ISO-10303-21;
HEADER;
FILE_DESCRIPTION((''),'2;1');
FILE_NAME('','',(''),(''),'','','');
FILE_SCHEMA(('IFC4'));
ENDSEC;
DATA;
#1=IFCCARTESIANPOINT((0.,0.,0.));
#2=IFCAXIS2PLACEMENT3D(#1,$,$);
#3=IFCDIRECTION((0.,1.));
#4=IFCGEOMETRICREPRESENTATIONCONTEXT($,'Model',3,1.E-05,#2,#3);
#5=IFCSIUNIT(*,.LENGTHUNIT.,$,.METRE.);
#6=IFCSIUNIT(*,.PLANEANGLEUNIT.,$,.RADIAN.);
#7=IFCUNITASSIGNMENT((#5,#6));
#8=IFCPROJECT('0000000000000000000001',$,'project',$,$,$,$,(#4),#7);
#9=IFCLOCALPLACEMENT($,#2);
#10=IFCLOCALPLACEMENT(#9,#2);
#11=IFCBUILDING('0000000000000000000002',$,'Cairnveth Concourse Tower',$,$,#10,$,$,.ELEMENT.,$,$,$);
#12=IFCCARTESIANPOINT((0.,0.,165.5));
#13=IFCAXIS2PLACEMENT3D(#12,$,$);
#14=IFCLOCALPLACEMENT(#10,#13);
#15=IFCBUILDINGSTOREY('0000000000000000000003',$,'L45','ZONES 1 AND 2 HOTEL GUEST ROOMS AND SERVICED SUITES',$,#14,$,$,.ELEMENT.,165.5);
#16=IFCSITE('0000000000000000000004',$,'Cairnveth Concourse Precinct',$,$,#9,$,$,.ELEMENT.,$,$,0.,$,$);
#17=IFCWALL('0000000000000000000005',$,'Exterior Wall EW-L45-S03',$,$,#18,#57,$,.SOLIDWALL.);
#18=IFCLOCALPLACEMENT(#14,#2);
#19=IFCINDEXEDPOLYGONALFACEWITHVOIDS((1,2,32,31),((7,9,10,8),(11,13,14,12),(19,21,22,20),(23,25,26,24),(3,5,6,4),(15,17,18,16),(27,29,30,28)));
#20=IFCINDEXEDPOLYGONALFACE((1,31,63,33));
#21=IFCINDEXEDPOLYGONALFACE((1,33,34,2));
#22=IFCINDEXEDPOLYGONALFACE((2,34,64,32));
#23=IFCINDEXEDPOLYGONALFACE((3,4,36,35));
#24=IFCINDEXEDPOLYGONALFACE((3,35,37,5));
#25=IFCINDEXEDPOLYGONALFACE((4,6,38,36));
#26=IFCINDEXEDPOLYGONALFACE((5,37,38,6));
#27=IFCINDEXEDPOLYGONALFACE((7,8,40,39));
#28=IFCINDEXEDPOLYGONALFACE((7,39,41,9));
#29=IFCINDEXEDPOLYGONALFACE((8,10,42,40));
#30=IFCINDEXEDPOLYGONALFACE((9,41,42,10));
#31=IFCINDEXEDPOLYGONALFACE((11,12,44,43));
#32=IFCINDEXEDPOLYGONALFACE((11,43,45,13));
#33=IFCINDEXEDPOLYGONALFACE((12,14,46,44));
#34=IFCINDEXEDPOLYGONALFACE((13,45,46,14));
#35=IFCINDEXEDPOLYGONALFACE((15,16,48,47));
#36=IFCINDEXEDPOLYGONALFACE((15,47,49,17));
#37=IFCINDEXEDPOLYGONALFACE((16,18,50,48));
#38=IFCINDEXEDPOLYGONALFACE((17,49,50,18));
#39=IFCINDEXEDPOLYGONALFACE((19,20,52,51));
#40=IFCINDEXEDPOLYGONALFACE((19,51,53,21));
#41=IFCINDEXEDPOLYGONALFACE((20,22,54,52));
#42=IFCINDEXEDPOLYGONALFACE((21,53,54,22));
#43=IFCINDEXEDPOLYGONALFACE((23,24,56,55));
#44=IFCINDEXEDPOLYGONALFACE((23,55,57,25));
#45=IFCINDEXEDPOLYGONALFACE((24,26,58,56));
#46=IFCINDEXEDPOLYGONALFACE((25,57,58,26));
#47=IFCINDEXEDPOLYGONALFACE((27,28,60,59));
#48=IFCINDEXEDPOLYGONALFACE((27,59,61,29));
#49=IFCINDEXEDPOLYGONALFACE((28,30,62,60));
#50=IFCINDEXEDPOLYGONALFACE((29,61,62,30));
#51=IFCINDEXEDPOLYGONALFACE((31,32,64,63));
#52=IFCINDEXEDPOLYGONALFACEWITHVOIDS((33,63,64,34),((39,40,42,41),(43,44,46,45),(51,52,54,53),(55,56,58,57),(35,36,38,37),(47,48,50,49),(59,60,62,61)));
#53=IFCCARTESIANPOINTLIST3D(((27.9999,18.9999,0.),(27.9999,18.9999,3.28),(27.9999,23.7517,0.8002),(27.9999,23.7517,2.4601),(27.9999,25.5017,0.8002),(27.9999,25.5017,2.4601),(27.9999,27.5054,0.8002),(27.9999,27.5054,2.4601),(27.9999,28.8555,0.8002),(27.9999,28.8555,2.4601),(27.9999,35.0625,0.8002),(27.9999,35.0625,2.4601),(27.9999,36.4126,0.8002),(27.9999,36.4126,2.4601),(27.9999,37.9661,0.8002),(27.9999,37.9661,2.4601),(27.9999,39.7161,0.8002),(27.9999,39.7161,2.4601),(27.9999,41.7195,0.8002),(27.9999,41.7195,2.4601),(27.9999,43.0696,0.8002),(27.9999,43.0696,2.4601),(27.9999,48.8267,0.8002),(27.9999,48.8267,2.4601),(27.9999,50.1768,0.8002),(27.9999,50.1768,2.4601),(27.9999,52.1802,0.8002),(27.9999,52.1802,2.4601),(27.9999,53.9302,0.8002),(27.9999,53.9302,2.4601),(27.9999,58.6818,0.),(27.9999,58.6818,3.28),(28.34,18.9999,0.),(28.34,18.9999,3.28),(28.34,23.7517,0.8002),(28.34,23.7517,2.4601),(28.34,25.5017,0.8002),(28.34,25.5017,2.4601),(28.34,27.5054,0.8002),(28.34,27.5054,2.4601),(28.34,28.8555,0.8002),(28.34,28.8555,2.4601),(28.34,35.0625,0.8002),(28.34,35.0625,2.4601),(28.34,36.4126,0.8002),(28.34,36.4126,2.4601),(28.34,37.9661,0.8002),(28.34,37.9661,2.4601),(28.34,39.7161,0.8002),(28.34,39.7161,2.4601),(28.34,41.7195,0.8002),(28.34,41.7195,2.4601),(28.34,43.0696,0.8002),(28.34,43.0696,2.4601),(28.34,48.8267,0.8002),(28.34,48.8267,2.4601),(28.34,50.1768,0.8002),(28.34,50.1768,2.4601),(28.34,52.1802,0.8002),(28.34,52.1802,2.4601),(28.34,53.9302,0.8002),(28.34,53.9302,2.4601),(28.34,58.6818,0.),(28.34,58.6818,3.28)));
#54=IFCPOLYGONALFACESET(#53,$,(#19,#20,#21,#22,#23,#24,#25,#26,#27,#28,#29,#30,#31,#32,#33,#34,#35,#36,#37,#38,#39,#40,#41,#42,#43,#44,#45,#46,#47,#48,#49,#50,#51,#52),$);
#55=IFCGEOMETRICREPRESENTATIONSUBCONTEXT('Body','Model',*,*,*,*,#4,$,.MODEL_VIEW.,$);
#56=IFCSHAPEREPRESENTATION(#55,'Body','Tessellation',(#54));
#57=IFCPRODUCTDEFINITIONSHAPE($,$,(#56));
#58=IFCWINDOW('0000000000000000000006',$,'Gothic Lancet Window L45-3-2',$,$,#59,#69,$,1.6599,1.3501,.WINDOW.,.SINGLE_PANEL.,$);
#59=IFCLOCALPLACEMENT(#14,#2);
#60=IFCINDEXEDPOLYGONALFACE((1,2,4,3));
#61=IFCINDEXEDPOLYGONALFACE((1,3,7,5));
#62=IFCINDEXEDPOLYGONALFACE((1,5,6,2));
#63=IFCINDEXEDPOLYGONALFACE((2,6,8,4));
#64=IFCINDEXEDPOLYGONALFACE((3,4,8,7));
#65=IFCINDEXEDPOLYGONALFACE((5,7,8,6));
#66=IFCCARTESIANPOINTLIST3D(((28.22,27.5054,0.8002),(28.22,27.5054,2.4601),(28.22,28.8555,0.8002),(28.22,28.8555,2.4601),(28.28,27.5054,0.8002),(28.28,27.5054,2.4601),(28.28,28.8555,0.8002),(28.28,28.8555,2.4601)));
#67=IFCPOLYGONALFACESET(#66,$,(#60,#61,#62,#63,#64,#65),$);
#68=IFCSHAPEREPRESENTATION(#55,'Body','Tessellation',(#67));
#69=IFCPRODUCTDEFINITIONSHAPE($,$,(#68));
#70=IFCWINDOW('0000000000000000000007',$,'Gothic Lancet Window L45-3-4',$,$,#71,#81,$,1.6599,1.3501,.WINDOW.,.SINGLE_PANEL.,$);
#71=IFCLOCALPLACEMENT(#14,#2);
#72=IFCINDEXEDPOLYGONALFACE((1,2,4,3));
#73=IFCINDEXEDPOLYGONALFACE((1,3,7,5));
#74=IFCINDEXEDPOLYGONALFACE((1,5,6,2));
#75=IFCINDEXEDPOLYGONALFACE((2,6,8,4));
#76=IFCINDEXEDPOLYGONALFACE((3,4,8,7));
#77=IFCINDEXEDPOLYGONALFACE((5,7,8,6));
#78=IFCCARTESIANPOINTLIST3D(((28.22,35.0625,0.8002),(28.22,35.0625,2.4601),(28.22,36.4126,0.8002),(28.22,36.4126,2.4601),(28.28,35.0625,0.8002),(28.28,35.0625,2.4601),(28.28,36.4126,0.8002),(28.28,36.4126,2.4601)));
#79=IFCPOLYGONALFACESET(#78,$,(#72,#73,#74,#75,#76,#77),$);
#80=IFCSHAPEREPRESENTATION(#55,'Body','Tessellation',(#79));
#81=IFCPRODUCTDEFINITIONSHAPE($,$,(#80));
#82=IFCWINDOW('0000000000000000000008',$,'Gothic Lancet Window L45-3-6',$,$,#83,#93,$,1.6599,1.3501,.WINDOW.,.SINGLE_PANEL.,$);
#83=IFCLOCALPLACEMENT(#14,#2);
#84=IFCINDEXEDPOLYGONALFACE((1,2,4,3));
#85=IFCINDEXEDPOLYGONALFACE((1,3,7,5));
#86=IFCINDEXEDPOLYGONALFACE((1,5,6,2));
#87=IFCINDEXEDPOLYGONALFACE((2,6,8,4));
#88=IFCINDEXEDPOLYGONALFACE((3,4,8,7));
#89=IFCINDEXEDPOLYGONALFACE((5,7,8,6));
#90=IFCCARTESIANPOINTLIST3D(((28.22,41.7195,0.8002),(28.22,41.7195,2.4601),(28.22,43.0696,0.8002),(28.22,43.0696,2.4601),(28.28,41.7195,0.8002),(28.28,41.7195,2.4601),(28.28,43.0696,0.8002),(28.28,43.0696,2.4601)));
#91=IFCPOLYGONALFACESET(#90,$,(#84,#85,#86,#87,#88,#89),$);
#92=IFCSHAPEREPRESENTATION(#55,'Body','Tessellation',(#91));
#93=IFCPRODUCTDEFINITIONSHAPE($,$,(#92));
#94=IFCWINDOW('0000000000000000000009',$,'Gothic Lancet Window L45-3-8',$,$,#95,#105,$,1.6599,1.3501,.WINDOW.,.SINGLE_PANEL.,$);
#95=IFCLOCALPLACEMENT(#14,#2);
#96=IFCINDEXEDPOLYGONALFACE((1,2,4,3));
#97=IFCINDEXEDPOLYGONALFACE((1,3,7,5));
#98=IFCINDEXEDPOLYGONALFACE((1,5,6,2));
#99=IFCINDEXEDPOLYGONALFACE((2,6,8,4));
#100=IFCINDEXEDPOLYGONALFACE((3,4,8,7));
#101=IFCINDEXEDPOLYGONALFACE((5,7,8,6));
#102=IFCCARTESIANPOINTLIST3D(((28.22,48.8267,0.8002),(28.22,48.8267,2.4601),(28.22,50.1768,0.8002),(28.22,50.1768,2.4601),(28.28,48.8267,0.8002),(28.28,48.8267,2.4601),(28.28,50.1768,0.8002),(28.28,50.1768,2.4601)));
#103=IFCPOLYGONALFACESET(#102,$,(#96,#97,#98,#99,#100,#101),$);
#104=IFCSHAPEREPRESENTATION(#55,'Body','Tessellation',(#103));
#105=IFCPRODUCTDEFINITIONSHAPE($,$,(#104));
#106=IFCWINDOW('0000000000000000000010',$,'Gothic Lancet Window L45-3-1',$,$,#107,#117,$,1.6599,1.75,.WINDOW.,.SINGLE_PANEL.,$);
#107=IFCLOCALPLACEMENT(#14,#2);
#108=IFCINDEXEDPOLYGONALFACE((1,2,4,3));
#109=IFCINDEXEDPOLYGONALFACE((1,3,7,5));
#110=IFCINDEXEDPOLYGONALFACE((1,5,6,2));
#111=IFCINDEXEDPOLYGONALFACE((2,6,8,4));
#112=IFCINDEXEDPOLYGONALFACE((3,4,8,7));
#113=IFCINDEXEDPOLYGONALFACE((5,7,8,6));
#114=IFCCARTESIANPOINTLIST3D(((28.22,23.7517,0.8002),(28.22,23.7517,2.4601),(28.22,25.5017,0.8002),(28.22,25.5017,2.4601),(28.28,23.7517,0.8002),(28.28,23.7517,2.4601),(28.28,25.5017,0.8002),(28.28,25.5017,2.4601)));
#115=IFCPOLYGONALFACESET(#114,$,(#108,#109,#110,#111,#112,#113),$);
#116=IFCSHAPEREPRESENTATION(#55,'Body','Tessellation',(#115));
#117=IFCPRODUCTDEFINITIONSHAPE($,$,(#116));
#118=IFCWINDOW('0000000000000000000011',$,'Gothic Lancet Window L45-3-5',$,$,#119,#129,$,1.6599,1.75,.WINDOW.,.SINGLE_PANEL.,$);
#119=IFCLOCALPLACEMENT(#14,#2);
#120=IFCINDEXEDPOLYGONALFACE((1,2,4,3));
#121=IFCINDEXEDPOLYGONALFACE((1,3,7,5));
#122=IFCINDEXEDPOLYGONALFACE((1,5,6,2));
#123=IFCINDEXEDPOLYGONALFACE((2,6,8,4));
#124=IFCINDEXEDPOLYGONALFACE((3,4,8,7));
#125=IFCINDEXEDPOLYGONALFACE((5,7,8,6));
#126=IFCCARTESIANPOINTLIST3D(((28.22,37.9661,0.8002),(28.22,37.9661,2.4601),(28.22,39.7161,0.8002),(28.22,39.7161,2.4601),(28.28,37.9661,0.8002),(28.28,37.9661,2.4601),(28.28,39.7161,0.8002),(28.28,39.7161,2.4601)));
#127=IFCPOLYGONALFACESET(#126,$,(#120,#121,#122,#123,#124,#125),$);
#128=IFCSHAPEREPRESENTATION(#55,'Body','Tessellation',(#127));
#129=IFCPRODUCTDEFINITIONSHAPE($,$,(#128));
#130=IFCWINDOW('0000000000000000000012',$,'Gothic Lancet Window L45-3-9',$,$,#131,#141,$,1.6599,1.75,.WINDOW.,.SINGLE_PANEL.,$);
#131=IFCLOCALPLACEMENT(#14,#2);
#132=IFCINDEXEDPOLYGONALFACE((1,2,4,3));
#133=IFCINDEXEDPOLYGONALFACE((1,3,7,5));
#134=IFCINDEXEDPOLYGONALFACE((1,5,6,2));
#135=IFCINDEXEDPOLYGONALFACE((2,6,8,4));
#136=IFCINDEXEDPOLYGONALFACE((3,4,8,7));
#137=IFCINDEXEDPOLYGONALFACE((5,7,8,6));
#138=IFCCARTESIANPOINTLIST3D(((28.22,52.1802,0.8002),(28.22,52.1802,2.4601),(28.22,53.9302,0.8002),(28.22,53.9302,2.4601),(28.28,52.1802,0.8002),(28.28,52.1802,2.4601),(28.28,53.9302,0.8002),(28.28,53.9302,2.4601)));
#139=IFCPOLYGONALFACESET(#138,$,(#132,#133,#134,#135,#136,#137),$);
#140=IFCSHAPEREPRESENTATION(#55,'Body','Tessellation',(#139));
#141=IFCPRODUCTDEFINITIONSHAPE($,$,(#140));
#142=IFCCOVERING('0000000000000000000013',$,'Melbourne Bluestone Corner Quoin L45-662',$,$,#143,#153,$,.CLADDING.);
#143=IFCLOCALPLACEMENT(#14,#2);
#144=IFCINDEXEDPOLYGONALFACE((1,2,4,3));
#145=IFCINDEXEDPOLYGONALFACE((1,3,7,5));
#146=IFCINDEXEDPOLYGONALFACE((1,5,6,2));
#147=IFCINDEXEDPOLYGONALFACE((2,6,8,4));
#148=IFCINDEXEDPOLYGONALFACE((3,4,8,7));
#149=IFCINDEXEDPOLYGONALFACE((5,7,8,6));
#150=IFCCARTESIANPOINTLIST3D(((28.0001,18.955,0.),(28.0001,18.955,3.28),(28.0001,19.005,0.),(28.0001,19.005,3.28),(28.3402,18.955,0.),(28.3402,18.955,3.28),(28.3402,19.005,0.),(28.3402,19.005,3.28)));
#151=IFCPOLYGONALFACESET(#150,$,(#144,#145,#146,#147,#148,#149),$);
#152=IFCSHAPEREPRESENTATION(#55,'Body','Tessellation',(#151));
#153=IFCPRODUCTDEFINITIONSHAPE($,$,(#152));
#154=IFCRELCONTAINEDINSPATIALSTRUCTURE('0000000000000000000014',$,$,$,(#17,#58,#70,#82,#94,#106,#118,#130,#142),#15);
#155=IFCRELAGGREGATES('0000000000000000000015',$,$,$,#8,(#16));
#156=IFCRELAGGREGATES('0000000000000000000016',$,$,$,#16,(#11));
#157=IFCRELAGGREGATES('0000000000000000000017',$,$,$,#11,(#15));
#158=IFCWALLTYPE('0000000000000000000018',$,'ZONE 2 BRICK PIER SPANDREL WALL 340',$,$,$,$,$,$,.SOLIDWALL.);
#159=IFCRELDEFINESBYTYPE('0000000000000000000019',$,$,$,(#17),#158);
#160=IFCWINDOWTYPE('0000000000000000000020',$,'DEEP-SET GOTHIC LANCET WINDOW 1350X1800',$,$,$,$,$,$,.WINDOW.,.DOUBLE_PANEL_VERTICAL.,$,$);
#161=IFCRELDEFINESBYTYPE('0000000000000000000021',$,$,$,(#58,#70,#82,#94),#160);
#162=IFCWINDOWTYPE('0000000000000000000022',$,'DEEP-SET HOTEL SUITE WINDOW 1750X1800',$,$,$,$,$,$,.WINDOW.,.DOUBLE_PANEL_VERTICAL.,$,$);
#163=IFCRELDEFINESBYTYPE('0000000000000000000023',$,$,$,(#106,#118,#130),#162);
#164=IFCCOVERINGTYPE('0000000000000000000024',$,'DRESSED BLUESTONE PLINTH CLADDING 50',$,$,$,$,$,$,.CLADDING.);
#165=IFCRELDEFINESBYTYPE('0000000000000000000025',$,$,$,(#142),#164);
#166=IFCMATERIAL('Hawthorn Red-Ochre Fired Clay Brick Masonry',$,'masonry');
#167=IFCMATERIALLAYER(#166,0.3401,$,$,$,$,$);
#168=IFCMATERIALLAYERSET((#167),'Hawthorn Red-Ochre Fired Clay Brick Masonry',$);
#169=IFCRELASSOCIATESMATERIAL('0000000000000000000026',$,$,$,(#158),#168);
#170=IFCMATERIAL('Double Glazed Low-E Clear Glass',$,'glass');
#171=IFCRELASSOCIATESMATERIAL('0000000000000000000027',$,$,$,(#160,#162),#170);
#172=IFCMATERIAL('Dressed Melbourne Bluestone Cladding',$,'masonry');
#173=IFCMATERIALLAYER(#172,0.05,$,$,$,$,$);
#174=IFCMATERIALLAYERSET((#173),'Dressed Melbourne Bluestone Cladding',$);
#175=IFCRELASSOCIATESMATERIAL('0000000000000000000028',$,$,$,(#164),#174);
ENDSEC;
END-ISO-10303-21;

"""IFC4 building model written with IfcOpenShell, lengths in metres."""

from ifc_helpers import new_model, si_unit, direction, frame, frame_2d, origin, place, context, subcontext, project, spatial, rectangle, extrude, material, layer, layer_set, type_object, element, fill, save


model = new_model("IFC4")

# Units and contexts
model_context = context("Model", 3, precision=1e-05, world=origin(), true_north=direction((0.0, 1.0)))
body_context = subcontext(model_context, "Body", "Model", "MODEL_VIEW")
ifc_project = project(units=[si_unit("LENGTHUNIT", "METRE"), si_unit("PLANEANGLEUNIT", "RADIAN")], contexts=[model_context])

# Site, building, storey
site_placement = place(None, origin())
site = spatial("IfcSite", under=ifc_project, at=site_placement, Name="Cairnveth Concourse Precinct", CompositionType="ELEMENT", RefElevation=0.0)
building_placement = place(site_placement, origin())
building = spatial("IfcBuilding", under=site, at=building_placement, Name="Cairnveth Concourse Tower", CompositionType="ELEMENT")
storey_placement = place(building_placement, frame((0.0, 0.0, 165.5)))
storey = spatial("IfcBuildingStorey", under=building, at=storey_placement, Name="L45", Description="ZONES 1 AND 2 HOTEL GUEST ROOMS AND SERVICED SUITES", CompositionType="ELEMENT", Elevation=165.5)

# Wall, openings, windows
ifc_material_1 = material(Name="Hawthorn Red-Ochre Fired Clay Brick Masonry", Category="masonry")
ifc_layer_1 = layer(ifc_material_1, 0.3401)
ifc_layer_set_1 = layer_set([ifc_layer_1], Name="Hawthorn Red-Ochre Fired Clay Brick Masonry")
wall_type_1 = type_object("IfcWallType", Name="ZONE 2 BRICK PIER SPANDREL WALL 340", PredefinedType="SOLIDWALL", material=ifc_layer_set_1)
wall_1_placement = place(storey_placement, frame((28.1699, 19.0, 0.0), z_axis=(0.0, 0.0, 1.0), x_axis=(0.0, 1.0, 0.0)))
wall_1 = element("IfcWall", 1, at=wall_1_placement, inside=storey, type_object=wall_type_1, Name="Exterior Wall EW-L45-S03", PredefinedType="SOLIDWALL", context=body_context, shape_type="SweptSolid", body=[
    extrude(rectangle(XDim=39.6819, YDim=0.3401, at=frame_2d((19.8408, 0.0))), origin(), (0.0, 0.0, 1.0), 3.28),
])
opening_1_placement = place(wall_1_placement, frame((4.7517, 0.0, 0.8)))
opening_1 = element("IfcOpeningElement", 2, at=opening_1_placement, cuts=wall_1, PredefinedType="OPENING", context=body_context, shape_type="SweptSolid", body=[
    extrude(rectangle(XDim=1.75, YDim=1.6599, at=frame_2d((0.875, 0.8301))), frame((0.0, 0.1799, 0.0), z_axis=(0.0, -1.0, 0.0), x_axis=(1.0, 0.0, 0.0)), (0.0, 0.0, 1.0), 0.3601),
])
opening_2_placement = place(wall_1_placement, frame((8.5054, 0.0, 0.8)))
opening_2 = element("IfcOpeningElement", 3, at=opening_2_placement, cuts=wall_1, PredefinedType="OPENING", context=body_context, shape_type="SweptSolid", body=[
    extrude(rectangle(XDim=1.3501, YDim=1.6599, at=frame_2d((0.675, 0.8301))), frame((0.0, 0.1799, 0.0), z_axis=(0.0, -1.0, 0.0), x_axis=(1.0, 0.0, 0.0)), (0.0, 0.0, 1.0), 0.3601),
])
opening_3_placement = place(wall_1_placement, frame((16.0625, 0.0, 0.8)))
opening_3 = element("IfcOpeningElement", 4, at=opening_3_placement, cuts=wall_1, PredefinedType="OPENING", context=body_context, shape_type="SweptSolid", body=[
    extrude(rectangle(XDim=1.3501, YDim=1.6599, at=frame_2d((0.675, 0.8301))), frame((0.0, 0.1799, 0.0), z_axis=(0.0, -1.0, 0.0), x_axis=(1.0, 0.0, 0.0)), (0.0, 0.0, 1.0), 0.3601),
])
opening_4_placement = place(wall_1_placement, frame((18.9661, 0.0, 0.8)))
opening_4 = element("IfcOpeningElement", 5, at=opening_4_placement, cuts=wall_1, PredefinedType="OPENING", context=body_context, shape_type="SweptSolid", body=[
    extrude(rectangle(XDim=1.75, YDim=1.6599, at=frame_2d((0.875, 0.8301))), frame((0.0, 0.1799, 0.0), z_axis=(0.0, -1.0, 0.0), x_axis=(1.0, 0.0, 0.0)), (0.0, 0.0, 1.0), 0.3601),
])
opening_5_placement = place(wall_1_placement, frame((22.7195, 0.0, 0.8)))
opening_5 = element("IfcOpeningElement", 6, at=opening_5_placement, cuts=wall_1, PredefinedType="OPENING", context=body_context, shape_type="SweptSolid", body=[
    extrude(rectangle(XDim=1.3501, YDim=1.6599, at=frame_2d((0.675, 0.8301))), frame((0.0, 0.1799, 0.0), z_axis=(0.0, -1.0, 0.0), x_axis=(1.0, 0.0, 0.0)), (0.0, 0.0, 1.0), 0.3601),
])
opening_6_placement = place(wall_1_placement, frame((29.8267, 0.0, 0.8)))
opening_6 = element("IfcOpeningElement", 7, at=opening_6_placement, cuts=wall_1, PredefinedType="OPENING", context=body_context, shape_type="SweptSolid", body=[
    extrude(rectangle(XDim=1.3501, YDim=1.6599, at=frame_2d((0.675, 0.8301))), frame((0.0, 0.1799, 0.0), z_axis=(0.0, -1.0, 0.0), x_axis=(1.0, 0.0, 0.0)), (0.0, 0.0, 1.0), 0.3601),
])
opening_7_placement = place(wall_1_placement, frame((33.1802, 0.0, 0.8)))
opening_7 = element("IfcOpeningElement", 8, at=opening_7_placement, cuts=wall_1, PredefinedType="OPENING", context=body_context, shape_type="SweptSolid", body=[
    extrude(rectangle(XDim=1.75, YDim=1.6599, at=frame_2d((0.875, 0.8301))), frame((0.0, 0.1799, 0.0), z_axis=(0.0, -1.0, 0.0), x_axis=(1.0, 0.0, 0.0)), (0.0, 0.0, 1.0), 0.3601),
])
ifc_material_2 = material(Name="Double Glazed Low-E Clear Glass", Category="glass")
window_type_1 = type_object("IfcWindowType", Name="DEEP-SET GOTHIC LANCET WINDOW 1350X1800", PartitioningType="DOUBLE_PANEL_VERTICAL", PredefinedType="WINDOW", material=ifc_material_2)
window_1_placement = place(opening_2_placement, origin())
window_1 = element("IfcWindow", 9, at=window_1_placement, inside=storey, type_object=window_type_1, Name="Gothic Lancet Window L45-3-2", OverallHeight=1.6599, OverallWidth=1.3501, PartitioningType="SINGLE_PANEL", PredefinedType="WINDOW", context=body_context, shape_type="SweptSolid", body=[
    extrude(rectangle(XDim=1.3501, YDim=1.6599, at=frame_2d((0.675, 0.8301))), frame((0.0, -0.05, 0.0), z_axis=(0.0, -1.0, 0.0), x_axis=(1.0, 0.0, 0.0)), (0.0, 0.0, 1.0), 0.0601),
])
fill(opening_2, window_1)
window_2_placement = place(opening_3_placement, origin())
window_2 = element("IfcWindow", 10, at=window_2_placement, inside=storey, type_object=window_type_1, Name="Gothic Lancet Window L45-3-4", OverallHeight=1.6599, OverallWidth=1.3501, PartitioningType="SINGLE_PANEL", PredefinedType="WINDOW", context=body_context, shape_type="SweptSolid", body=[
    extrude(rectangle(XDim=1.3501, YDim=1.6599, at=frame_2d((0.675, 0.8301))), frame((0.0, -0.05, 0.0), z_axis=(0.0, -1.0, 0.0), x_axis=(1.0, 0.0, 0.0)), (0.0, 0.0, 1.0), 0.0601),
])
fill(opening_3, window_2)
window_3_placement = place(opening_5_placement, origin())
window_3 = element("IfcWindow", 11, at=window_3_placement, inside=storey, type_object=window_type_1, Name="Gothic Lancet Window L45-3-6", OverallHeight=1.6599, OverallWidth=1.3501, PartitioningType="SINGLE_PANEL", PredefinedType="WINDOW", context=body_context, shape_type="SweptSolid", body=[
    extrude(rectangle(XDim=1.3501, YDim=1.6599, at=frame_2d((0.675, 0.8301))), frame((0.0, -0.05, 0.0), z_axis=(0.0, -1.0, 0.0), x_axis=(1.0, 0.0, 0.0)), (0.0, 0.0, 1.0), 0.0601),
])
fill(opening_5, window_3)
window_4_placement = place(opening_6_placement, origin())
window_4 = element("IfcWindow", 12, at=window_4_placement, inside=storey, type_object=window_type_1, Name="Gothic Lancet Window L45-3-8", OverallHeight=1.6599, OverallWidth=1.3501, PartitioningType="SINGLE_PANEL", PredefinedType="WINDOW", context=body_context, shape_type="SweptSolid", body=[
    extrude(rectangle(XDim=1.3501, YDim=1.6599, at=frame_2d((0.675, 0.8301))), frame((0.0, -0.05, 0.0), z_axis=(0.0, -1.0, 0.0), x_axis=(1.0, 0.0, 0.0)), (0.0, 0.0, 1.0), 0.0601),
])
fill(opening_6, window_4)
window_type_2 = type_object("IfcWindowType", Name="DEEP-SET HOTEL SUITE WINDOW 1750X1800", PartitioningType="DOUBLE_PANEL_VERTICAL", PredefinedType="WINDOW", material=ifc_material_2)
window_5_placement = place(opening_1_placement, origin())
window_5 = element("IfcWindow", 13, at=window_5_placement, inside=storey, type_object=window_type_2, Name="Gothic Lancet Window L45-3-1", OverallHeight=1.6599, OverallWidth=1.75, PartitioningType="SINGLE_PANEL", PredefinedType="WINDOW", context=body_context, shape_type="SweptSolid", body=[
    extrude(rectangle(XDim=1.75, YDim=1.6599, at=frame_2d((0.875, 0.8301))), frame((0.0, -0.05, 0.0), z_axis=(0.0, -1.0, 0.0), x_axis=(1.0, 0.0, 0.0)), (0.0, 0.0, 1.0), 0.0601),
])
fill(opening_1, window_5)
window_6_placement = place(opening_4_placement, origin())
window_6 = element("IfcWindow", 14, at=window_6_placement, inside=storey, type_object=window_type_2, Name="Gothic Lancet Window L45-3-5", OverallHeight=1.6599, OverallWidth=1.75, PartitioningType="SINGLE_PANEL", PredefinedType="WINDOW", context=body_context, shape_type="SweptSolid", body=[
    extrude(rectangle(XDim=1.75, YDim=1.6599, at=frame_2d((0.875, 0.8301))), frame((0.0, -0.05, 0.0), z_axis=(0.0, -1.0, 0.0), x_axis=(1.0, 0.0, 0.0)), (0.0, 0.0, 1.0), 0.0601),
])
fill(opening_4, window_6)
window_7_placement = place(opening_7_placement, origin())
window_7 = element("IfcWindow", 15, at=window_7_placement, inside=storey, type_object=window_type_2, Name="Gothic Lancet Window L45-3-9", OverallHeight=1.6599, OverallWidth=1.75, PartitioningType="SINGLE_PANEL", PredefinedType="WINDOW", context=body_context, shape_type="SweptSolid", body=[
    extrude(rectangle(XDim=1.75, YDim=1.6599, at=frame_2d((0.875, 0.8301))), frame((0.0, -0.05, 0.0), z_axis=(0.0, -1.0, 0.0), x_axis=(1.0, 0.0, 0.0)), (0.0, 0.0, 1.0), 0.0601),
])
fill(opening_7, window_7)

# Covering
ifc_material_3 = material(Name="Dressed Melbourne Bluestone Cladding", Category="masonry")
ifc_layer_2 = layer(ifc_material_3, 0.05)
ifc_layer_set_2 = layer_set([ifc_layer_2], Name="Dressed Melbourne Bluestone Cladding")
covering_type = type_object("IfcCoveringType", Name="DRESSED BLUESTONE PLINTH CLADDING 50", PredefinedType="CLADDING", material=ifc_layer_set_2)
covering_placement = place(storey_placement, frame((28.3401, 18.98, 0.0), z_axis=(0.0, 0.0, 1.0), x_axis=(-1.0, 0.0, 0.0)))
element("IfcCovering", 16, at=covering_placement, inside=storey, type_object=covering_type, Name="Melbourne Bluestone Corner Quoin L45-662", PredefinedType="CLADDING", context=body_context, shape_type="SweptSolid", body=[
    extrude(rectangle(XDim=0.3401, YDim=0.05, at=frame_2d((0.1699, 0.0))), origin(), (0.0, 0.0, 1.0), 3.28),
])

save(model, "model.ifc")
